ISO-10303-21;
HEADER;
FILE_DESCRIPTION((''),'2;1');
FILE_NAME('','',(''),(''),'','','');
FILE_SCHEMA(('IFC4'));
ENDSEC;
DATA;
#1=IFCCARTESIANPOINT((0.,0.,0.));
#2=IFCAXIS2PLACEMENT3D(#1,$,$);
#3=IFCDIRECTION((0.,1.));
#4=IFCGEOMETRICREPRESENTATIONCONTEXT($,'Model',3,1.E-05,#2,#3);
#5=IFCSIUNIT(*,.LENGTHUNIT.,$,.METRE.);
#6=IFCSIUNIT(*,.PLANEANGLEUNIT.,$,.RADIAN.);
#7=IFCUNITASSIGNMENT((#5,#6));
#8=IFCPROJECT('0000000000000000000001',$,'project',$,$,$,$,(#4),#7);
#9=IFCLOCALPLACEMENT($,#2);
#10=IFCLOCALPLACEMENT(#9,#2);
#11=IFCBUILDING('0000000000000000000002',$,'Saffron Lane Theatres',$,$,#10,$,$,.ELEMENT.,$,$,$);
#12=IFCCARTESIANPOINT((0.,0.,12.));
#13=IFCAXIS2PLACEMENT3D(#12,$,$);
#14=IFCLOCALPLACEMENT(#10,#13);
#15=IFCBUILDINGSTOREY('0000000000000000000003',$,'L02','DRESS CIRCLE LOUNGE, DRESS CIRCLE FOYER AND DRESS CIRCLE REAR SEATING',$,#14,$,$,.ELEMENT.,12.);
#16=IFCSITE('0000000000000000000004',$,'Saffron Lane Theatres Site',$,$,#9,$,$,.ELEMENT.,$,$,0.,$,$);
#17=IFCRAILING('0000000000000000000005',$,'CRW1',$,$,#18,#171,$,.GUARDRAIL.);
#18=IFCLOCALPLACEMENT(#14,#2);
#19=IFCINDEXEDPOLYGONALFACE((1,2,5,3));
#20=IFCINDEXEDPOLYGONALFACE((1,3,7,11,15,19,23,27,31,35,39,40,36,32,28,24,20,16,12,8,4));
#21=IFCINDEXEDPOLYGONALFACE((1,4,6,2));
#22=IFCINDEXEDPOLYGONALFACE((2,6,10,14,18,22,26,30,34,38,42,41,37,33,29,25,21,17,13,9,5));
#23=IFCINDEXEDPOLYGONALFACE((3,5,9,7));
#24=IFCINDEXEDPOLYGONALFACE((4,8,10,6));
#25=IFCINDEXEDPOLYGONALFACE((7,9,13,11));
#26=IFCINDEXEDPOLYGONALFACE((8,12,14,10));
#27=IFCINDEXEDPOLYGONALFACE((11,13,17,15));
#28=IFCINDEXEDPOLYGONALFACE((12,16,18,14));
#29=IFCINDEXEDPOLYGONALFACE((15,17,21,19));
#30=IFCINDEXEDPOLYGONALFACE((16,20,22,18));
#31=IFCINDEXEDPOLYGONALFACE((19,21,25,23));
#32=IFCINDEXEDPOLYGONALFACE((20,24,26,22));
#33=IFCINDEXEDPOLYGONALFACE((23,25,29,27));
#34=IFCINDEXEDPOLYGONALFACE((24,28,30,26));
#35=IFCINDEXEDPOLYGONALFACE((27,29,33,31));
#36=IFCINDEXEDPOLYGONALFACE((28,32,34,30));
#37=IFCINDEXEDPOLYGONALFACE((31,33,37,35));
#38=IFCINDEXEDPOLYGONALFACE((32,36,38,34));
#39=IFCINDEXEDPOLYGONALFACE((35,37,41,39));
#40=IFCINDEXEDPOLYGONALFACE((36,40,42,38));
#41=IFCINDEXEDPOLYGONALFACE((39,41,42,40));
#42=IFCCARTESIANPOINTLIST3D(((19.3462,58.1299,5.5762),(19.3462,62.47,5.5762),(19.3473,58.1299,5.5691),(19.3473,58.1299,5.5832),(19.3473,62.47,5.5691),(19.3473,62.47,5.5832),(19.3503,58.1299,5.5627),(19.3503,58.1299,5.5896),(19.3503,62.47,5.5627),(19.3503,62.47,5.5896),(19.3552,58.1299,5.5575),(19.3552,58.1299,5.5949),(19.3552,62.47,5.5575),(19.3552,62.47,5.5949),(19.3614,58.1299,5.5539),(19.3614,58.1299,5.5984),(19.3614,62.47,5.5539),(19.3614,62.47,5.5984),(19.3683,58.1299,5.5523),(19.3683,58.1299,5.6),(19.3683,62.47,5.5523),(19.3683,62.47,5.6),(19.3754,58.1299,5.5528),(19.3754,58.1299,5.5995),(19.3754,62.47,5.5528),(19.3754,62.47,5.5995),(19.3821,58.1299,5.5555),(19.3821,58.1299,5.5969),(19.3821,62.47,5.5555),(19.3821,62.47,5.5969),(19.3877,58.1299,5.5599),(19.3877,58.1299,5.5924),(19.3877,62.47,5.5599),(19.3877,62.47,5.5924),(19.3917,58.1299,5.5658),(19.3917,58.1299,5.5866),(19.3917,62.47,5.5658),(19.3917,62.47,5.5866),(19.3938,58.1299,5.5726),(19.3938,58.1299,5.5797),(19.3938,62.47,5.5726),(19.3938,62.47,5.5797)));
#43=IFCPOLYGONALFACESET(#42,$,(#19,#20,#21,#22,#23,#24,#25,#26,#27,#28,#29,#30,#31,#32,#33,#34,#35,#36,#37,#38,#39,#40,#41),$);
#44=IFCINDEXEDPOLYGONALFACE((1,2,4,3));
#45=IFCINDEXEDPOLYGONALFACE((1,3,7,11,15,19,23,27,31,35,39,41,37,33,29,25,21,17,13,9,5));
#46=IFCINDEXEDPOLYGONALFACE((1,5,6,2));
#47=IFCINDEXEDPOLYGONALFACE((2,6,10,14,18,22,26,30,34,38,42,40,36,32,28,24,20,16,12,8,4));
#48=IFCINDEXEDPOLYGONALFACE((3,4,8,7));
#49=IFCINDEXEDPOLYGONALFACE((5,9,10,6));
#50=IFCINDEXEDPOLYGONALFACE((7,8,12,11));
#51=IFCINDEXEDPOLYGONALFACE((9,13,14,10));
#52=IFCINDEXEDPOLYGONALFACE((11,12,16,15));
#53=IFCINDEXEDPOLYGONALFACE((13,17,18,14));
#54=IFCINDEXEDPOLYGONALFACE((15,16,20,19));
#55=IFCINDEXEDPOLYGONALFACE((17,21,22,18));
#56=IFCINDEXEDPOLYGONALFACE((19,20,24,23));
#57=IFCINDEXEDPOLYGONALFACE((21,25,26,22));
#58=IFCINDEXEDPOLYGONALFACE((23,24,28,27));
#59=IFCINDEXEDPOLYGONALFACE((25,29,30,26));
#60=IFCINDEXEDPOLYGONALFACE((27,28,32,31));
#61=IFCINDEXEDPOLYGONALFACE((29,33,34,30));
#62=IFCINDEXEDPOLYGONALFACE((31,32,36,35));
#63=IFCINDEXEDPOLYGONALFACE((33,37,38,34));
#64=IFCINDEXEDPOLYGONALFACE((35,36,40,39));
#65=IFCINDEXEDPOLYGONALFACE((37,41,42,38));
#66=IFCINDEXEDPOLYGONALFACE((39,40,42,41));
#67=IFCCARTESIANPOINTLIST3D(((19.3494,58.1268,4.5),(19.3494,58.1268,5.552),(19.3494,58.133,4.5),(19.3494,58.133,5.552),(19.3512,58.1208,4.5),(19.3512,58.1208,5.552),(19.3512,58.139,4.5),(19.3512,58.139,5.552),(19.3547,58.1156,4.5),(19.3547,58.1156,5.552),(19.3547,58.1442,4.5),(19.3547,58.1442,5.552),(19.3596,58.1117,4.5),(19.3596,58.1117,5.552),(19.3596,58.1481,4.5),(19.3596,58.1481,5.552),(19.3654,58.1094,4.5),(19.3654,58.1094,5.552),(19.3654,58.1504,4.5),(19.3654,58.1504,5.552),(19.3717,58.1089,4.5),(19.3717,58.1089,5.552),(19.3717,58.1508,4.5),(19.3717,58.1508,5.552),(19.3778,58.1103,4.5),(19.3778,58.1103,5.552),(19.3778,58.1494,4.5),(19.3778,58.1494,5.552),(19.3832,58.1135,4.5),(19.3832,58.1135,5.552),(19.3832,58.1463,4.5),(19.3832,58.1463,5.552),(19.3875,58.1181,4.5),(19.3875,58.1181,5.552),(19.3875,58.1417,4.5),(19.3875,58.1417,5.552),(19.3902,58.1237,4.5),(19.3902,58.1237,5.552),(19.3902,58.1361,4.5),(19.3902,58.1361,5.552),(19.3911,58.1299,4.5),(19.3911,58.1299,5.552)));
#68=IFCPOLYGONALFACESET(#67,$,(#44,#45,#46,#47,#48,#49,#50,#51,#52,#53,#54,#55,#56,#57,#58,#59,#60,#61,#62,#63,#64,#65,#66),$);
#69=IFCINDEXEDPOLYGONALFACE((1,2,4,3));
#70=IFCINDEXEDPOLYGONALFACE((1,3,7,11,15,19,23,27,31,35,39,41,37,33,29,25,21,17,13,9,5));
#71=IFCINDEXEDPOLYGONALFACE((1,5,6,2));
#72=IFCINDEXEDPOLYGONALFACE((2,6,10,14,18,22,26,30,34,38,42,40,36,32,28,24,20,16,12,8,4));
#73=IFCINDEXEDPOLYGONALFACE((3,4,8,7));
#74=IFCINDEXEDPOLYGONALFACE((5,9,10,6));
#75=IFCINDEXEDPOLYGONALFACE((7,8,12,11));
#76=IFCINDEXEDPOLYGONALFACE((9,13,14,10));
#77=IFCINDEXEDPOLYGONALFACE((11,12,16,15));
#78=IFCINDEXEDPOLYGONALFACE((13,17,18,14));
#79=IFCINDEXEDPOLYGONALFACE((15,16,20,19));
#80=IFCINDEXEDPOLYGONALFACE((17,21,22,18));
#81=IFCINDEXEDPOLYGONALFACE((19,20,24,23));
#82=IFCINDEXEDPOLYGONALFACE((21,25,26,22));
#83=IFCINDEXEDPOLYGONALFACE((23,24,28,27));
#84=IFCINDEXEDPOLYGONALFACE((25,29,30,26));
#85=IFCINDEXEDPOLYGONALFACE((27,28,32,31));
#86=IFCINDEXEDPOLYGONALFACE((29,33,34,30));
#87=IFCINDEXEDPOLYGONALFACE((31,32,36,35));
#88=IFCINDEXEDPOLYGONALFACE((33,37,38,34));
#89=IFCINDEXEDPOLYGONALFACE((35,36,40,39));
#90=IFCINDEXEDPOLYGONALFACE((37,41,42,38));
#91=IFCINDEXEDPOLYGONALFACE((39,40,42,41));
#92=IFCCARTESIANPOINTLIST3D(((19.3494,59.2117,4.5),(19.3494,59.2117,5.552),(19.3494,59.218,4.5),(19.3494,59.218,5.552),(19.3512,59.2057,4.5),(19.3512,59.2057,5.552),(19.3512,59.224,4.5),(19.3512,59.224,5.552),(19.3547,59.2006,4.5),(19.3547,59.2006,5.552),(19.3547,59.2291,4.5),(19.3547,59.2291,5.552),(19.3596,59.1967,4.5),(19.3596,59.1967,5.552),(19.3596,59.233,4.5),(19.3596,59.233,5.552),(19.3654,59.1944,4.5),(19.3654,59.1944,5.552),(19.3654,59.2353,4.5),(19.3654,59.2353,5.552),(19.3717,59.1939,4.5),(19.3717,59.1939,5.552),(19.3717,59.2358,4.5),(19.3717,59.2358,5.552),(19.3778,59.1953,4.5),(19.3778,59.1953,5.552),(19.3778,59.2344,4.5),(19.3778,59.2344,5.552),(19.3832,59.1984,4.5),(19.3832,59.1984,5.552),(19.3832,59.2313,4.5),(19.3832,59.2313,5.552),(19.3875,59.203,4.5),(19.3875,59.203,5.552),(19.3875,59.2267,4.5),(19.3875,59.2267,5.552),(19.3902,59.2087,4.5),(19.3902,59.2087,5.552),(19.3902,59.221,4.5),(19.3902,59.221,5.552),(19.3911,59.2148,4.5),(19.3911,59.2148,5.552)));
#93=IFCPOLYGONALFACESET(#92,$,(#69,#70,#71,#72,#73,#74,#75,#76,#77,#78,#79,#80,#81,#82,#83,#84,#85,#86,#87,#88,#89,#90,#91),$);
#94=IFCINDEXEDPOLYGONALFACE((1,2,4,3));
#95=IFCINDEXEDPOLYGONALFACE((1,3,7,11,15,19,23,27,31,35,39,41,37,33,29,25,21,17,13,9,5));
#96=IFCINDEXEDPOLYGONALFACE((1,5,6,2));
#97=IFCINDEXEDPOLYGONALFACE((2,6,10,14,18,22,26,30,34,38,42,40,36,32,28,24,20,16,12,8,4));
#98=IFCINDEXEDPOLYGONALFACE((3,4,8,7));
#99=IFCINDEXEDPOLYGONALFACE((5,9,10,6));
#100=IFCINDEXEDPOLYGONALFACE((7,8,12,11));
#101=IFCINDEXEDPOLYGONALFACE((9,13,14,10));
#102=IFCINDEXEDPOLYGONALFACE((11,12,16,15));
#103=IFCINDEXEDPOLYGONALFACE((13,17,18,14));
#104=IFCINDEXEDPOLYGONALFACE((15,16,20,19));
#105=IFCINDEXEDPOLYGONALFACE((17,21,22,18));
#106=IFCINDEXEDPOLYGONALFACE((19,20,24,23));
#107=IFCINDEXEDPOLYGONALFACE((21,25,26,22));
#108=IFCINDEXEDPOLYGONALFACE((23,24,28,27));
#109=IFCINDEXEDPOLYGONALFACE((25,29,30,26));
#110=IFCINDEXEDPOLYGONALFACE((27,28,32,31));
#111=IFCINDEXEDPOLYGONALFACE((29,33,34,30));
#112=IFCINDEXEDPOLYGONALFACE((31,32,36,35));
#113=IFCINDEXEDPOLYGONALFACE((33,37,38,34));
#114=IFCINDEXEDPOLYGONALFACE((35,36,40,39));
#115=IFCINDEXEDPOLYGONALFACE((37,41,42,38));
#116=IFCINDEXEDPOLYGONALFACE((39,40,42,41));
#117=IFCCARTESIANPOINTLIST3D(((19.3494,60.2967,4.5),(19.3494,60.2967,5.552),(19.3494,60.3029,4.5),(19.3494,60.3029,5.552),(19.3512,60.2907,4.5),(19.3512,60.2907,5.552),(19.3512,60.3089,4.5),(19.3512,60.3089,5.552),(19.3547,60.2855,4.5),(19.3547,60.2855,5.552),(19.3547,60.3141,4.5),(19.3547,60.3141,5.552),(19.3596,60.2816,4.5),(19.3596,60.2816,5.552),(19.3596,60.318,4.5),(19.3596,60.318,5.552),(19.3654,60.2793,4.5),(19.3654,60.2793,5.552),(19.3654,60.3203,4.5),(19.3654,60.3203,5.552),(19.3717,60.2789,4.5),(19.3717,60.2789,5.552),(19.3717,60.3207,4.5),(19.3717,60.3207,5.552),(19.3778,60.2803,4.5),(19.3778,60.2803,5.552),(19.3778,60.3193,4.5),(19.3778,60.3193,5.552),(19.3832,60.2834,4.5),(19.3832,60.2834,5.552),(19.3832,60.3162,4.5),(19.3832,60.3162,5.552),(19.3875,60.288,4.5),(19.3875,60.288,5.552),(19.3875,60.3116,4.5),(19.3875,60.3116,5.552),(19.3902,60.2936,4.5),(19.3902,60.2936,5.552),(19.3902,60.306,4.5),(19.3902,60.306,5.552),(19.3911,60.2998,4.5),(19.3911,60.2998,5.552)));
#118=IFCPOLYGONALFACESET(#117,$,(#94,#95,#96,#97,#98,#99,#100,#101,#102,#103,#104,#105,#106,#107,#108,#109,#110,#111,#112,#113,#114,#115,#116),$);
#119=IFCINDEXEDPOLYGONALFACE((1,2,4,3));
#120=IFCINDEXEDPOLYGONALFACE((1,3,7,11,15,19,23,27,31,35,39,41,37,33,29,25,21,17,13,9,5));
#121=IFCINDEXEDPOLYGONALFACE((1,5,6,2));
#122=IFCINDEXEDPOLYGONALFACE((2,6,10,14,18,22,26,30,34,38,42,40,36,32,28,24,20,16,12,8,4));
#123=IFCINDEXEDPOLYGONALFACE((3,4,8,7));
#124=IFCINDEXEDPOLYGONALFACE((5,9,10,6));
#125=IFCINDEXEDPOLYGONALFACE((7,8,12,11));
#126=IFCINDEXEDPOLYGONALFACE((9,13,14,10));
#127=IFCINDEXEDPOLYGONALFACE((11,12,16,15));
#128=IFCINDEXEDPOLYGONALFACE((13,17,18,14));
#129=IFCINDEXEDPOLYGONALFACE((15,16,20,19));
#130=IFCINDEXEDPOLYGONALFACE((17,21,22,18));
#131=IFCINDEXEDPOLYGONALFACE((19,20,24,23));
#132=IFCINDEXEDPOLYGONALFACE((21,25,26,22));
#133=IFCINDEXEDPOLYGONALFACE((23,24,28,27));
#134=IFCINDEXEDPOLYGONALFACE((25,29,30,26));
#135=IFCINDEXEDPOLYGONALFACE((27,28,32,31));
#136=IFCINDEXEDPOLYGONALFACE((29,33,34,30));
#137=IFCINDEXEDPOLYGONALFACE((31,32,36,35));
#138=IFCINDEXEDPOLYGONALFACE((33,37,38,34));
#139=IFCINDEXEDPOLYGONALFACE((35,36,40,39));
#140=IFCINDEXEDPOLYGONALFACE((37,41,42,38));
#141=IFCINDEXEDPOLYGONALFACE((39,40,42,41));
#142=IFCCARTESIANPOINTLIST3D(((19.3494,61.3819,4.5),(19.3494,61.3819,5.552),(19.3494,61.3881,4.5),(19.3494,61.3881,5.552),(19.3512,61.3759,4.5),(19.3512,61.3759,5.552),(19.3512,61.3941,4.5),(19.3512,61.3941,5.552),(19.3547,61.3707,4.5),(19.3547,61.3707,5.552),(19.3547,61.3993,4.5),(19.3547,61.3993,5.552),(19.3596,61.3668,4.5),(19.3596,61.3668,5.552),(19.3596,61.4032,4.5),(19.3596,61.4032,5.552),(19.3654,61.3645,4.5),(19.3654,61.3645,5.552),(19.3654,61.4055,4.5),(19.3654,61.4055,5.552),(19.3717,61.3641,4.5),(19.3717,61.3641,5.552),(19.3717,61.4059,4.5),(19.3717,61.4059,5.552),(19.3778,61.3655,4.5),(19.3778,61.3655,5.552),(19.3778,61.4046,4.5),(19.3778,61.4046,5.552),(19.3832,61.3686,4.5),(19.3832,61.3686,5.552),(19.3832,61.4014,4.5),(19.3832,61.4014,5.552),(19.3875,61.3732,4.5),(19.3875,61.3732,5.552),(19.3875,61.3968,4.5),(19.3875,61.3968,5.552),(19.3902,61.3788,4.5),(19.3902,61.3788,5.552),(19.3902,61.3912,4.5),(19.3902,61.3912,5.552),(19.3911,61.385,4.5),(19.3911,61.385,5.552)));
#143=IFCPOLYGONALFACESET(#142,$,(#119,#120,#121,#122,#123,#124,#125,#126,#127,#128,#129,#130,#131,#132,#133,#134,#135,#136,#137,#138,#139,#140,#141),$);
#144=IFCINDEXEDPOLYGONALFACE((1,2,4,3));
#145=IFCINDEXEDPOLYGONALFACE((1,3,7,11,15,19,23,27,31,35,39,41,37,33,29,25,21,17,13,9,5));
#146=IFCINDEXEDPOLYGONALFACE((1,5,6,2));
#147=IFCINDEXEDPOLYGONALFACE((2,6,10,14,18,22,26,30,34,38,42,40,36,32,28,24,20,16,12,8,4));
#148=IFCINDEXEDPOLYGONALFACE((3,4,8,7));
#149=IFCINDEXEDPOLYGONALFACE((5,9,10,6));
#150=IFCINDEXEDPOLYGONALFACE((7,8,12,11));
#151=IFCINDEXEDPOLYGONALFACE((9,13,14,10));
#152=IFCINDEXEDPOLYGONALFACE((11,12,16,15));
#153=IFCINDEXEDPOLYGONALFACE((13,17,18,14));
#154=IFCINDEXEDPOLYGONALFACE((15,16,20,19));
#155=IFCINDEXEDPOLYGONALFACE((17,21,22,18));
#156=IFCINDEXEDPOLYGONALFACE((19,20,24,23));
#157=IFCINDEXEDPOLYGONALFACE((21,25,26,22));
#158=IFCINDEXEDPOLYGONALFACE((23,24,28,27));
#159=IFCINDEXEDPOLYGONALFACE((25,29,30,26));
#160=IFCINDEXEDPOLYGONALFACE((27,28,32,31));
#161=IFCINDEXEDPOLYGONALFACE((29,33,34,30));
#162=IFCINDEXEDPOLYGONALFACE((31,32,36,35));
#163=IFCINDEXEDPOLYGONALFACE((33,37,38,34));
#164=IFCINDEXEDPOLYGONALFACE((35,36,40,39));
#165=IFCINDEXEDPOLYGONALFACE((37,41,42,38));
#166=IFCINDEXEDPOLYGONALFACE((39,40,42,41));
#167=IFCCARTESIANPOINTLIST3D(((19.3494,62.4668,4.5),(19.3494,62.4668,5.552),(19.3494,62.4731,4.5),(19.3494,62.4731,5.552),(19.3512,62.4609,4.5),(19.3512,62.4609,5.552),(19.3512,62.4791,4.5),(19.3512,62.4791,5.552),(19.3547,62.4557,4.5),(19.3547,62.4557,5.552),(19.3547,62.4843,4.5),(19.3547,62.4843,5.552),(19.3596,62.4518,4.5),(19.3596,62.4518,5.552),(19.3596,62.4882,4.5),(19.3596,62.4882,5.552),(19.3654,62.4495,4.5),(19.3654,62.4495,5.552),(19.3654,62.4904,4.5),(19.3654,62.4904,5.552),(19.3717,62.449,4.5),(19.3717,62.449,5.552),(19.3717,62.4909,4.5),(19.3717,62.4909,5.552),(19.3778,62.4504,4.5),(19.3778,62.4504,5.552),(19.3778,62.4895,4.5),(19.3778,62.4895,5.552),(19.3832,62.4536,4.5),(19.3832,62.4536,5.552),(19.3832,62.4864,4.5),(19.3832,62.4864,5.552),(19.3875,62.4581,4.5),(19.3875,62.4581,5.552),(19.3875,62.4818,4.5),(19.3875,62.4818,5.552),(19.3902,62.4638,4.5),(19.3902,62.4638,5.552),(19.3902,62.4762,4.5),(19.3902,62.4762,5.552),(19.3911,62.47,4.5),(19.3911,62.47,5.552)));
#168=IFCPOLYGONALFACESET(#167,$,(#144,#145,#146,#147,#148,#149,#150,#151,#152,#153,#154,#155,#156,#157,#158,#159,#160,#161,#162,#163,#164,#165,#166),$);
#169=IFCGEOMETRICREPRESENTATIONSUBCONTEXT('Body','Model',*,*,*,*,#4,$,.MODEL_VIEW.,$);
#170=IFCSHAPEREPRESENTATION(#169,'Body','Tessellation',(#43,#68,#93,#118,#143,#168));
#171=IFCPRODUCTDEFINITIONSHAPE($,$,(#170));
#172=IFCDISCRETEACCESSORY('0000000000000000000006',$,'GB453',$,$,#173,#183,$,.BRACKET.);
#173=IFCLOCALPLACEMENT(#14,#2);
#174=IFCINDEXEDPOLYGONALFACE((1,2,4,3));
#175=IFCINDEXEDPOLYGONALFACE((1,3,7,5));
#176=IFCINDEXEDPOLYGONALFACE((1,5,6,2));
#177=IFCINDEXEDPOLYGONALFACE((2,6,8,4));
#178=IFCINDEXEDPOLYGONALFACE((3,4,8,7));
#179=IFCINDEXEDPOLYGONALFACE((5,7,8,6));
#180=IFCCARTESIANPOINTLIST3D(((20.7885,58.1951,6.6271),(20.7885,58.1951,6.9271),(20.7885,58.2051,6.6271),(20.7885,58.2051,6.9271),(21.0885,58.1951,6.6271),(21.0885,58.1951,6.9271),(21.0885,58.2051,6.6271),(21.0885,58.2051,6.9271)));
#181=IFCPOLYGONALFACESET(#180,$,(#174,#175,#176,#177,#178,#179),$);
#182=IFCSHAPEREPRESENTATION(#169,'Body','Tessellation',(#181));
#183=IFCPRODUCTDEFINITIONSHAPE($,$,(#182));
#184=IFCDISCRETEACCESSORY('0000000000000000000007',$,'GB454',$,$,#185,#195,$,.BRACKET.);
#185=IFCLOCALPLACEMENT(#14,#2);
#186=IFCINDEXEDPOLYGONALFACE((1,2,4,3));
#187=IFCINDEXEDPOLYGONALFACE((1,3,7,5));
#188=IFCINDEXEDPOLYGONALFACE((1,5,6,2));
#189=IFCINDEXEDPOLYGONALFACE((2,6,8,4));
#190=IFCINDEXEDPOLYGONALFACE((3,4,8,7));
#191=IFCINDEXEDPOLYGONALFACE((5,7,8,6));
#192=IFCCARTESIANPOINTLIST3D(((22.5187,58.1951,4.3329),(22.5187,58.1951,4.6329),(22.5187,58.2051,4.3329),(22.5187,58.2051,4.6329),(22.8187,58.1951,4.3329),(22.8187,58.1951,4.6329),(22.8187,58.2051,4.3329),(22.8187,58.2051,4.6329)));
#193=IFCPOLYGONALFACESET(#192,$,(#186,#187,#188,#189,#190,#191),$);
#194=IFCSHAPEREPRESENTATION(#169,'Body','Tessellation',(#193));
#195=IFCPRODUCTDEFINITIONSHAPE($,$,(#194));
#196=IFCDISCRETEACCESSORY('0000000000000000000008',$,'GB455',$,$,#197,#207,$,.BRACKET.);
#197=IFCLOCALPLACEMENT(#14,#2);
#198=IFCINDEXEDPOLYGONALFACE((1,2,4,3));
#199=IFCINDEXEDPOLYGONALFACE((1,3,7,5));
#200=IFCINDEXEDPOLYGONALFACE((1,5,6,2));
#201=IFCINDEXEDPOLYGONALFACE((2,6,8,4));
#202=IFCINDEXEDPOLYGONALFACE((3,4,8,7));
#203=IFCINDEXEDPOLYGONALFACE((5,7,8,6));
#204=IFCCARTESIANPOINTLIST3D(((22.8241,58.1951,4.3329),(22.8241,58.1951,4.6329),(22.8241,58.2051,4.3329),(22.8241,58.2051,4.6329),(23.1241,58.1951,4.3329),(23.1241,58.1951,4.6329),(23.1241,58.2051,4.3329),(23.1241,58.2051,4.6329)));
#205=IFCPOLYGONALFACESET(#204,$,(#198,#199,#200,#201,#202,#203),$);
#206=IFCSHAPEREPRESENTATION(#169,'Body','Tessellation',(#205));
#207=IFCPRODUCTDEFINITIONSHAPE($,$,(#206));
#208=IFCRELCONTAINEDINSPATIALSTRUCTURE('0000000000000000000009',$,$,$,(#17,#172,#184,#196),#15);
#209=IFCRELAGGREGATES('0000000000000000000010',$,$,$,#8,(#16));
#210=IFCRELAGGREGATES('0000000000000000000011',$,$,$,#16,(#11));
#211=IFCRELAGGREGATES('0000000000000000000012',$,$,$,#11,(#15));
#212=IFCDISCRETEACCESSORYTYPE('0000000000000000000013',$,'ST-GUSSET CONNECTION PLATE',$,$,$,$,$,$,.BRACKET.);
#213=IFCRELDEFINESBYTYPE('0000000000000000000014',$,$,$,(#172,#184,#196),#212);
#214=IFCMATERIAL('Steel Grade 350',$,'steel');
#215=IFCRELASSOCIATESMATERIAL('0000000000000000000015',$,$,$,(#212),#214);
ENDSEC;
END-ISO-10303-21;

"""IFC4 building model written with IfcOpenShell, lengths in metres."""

from ifc_helpers import new_model, si_unit, direction, frame, origin, origin_2d, place, context, subcontext, project, spatial, rectangle, circle, extrude, material, material_profile, profile_set, type_object, element, save


model = new_model("IFC4")

# Units and contexts
model_context = context("Model", 3, precision=1e-05, world=origin(), true_north=direction((0.0, 1.0)))
body_context = subcontext(model_context, "Body", "Model", "MODEL_VIEW")
ifc_project = project(units=[si_unit("LENGTHUNIT", "METRE"), si_unit("PLANEANGLEUNIT", "RADIAN")], contexts=[model_context])

# Site, building, storey
site_placement = place(None, origin())
site = spatial("IfcSite", under=ifc_project, at=site_placement, Name="Saffron Lane Theatres Site", CompositionType="ELEMENT", RefElevation=0.0)
building_placement = place(site_placement, origin())
building = spatial("IfcBuilding", under=site, at=building_placement, Name="Saffron Lane Theatres", CompositionType="ELEMENT")
storey_placement = place(building_placement, frame((0.0, 0.0, 12.0)))
storey = spatial("IfcBuildingStorey", under=building, at=storey_placement, Name="L02", Description="DRESS CIRCLE LOUNGE, DRESS CIRCLE FOYER AND DRESS CIRCLE REAR SEATING", CompositionType="ELEMENT", Elevation=12.0)

# Railing
railing_1_placement = place(storey_placement, frame((19.3701, 58.1299, 4.5)))
element("IfcRailing", 1, at=railing_1_placement, inside=storey, Name="CRW1", PredefinedType="GUARDRAIL", context=body_context, shape_type="SweptSolid", body=[
    extrude(circle(Radius=0.0239, at=origin_2d()), frame((0.0, 0.0, 1.0762), z_axis=(0.0, 1.0, 0.0), x_axis=(-1.0, 0.0, 0.0)), (0.0, 0.0, 1.0), 4.3401),
    extrude(circle(Radius=0.021, at=origin_2d()), origin(), (0.0, 0.0, 1.0), 1.052),
    extrude(circle(Radius=0.021, at=origin_2d()), frame((0.0, 1.085, 0.0)), (0.0, 0.0, 1.0), 1.052),
    extrude(circle(Radius=0.021, at=origin_2d()), frame((0.0, 2.1699, 0.0)), (0.0, 0.0, 1.0), 1.052),
    extrude(circle(Radius=0.021, at=origin_2d()), frame((0.0, 3.2551, 0.0)), (0.0, 0.0, 1.0), 1.052),
    extrude(circle(Radius=0.021, at=origin_2d()), frame((0.0, 4.3401, 0.0)), (0.0, 0.0, 1.0), 1.052),
])

# Discrete accessories
ifc_material_1 = material(Name="Steel Grade 350", Category="steel")
ifc_material_profile_1 = material_profile(ifc_material_1, rectangle(XDim=0.3, YDim=0.3, at=origin_2d()))
ifc_profile_set_1 = profile_set([ifc_material_profile_1], Name="Steel Grade 350")
discrete_accessory_type_1 = type_object("IfcDiscreteAccessoryType", Name="ST-GUSSET CONNECTION PLATE", PredefinedType="BRACKET", material=ifc_profile_set_1)
for number, where, z_axis, x_axis, name in (
    (2, (20.9385, 58.1951, 6.7771), (0.0, 1.0, 0.0), (-1.0, 0.0, 0.0), "GB453"),
    (3, (22.6687, 58.1951, 4.4829), (0.0, 1.0, 0.0), (-1.0, 0.0, 0.0), "GB454"),
    (4, (22.9741, 58.1951, 4.4829), (0.0, 1.0, 0.0), (-1.0, 0.0, 0.0), "GB455"),
):
    element("IfcDiscreteAccessory", number, at=place(storey_placement, frame(where, z_axis=z_axis, x_axis=x_axis)), inside=storey, type_object=discrete_accessory_type_1, Name=name, PredefinedType="BRACKET", context=body_context, shape_type="SweptSolid", body=[
        extrude(rectangle(XDim=0.3, YDim=0.3, at=origin_2d()), origin(), (0.0, 0.0, 1.0), 0.01),
    ])

save(model, "model.ifc")
